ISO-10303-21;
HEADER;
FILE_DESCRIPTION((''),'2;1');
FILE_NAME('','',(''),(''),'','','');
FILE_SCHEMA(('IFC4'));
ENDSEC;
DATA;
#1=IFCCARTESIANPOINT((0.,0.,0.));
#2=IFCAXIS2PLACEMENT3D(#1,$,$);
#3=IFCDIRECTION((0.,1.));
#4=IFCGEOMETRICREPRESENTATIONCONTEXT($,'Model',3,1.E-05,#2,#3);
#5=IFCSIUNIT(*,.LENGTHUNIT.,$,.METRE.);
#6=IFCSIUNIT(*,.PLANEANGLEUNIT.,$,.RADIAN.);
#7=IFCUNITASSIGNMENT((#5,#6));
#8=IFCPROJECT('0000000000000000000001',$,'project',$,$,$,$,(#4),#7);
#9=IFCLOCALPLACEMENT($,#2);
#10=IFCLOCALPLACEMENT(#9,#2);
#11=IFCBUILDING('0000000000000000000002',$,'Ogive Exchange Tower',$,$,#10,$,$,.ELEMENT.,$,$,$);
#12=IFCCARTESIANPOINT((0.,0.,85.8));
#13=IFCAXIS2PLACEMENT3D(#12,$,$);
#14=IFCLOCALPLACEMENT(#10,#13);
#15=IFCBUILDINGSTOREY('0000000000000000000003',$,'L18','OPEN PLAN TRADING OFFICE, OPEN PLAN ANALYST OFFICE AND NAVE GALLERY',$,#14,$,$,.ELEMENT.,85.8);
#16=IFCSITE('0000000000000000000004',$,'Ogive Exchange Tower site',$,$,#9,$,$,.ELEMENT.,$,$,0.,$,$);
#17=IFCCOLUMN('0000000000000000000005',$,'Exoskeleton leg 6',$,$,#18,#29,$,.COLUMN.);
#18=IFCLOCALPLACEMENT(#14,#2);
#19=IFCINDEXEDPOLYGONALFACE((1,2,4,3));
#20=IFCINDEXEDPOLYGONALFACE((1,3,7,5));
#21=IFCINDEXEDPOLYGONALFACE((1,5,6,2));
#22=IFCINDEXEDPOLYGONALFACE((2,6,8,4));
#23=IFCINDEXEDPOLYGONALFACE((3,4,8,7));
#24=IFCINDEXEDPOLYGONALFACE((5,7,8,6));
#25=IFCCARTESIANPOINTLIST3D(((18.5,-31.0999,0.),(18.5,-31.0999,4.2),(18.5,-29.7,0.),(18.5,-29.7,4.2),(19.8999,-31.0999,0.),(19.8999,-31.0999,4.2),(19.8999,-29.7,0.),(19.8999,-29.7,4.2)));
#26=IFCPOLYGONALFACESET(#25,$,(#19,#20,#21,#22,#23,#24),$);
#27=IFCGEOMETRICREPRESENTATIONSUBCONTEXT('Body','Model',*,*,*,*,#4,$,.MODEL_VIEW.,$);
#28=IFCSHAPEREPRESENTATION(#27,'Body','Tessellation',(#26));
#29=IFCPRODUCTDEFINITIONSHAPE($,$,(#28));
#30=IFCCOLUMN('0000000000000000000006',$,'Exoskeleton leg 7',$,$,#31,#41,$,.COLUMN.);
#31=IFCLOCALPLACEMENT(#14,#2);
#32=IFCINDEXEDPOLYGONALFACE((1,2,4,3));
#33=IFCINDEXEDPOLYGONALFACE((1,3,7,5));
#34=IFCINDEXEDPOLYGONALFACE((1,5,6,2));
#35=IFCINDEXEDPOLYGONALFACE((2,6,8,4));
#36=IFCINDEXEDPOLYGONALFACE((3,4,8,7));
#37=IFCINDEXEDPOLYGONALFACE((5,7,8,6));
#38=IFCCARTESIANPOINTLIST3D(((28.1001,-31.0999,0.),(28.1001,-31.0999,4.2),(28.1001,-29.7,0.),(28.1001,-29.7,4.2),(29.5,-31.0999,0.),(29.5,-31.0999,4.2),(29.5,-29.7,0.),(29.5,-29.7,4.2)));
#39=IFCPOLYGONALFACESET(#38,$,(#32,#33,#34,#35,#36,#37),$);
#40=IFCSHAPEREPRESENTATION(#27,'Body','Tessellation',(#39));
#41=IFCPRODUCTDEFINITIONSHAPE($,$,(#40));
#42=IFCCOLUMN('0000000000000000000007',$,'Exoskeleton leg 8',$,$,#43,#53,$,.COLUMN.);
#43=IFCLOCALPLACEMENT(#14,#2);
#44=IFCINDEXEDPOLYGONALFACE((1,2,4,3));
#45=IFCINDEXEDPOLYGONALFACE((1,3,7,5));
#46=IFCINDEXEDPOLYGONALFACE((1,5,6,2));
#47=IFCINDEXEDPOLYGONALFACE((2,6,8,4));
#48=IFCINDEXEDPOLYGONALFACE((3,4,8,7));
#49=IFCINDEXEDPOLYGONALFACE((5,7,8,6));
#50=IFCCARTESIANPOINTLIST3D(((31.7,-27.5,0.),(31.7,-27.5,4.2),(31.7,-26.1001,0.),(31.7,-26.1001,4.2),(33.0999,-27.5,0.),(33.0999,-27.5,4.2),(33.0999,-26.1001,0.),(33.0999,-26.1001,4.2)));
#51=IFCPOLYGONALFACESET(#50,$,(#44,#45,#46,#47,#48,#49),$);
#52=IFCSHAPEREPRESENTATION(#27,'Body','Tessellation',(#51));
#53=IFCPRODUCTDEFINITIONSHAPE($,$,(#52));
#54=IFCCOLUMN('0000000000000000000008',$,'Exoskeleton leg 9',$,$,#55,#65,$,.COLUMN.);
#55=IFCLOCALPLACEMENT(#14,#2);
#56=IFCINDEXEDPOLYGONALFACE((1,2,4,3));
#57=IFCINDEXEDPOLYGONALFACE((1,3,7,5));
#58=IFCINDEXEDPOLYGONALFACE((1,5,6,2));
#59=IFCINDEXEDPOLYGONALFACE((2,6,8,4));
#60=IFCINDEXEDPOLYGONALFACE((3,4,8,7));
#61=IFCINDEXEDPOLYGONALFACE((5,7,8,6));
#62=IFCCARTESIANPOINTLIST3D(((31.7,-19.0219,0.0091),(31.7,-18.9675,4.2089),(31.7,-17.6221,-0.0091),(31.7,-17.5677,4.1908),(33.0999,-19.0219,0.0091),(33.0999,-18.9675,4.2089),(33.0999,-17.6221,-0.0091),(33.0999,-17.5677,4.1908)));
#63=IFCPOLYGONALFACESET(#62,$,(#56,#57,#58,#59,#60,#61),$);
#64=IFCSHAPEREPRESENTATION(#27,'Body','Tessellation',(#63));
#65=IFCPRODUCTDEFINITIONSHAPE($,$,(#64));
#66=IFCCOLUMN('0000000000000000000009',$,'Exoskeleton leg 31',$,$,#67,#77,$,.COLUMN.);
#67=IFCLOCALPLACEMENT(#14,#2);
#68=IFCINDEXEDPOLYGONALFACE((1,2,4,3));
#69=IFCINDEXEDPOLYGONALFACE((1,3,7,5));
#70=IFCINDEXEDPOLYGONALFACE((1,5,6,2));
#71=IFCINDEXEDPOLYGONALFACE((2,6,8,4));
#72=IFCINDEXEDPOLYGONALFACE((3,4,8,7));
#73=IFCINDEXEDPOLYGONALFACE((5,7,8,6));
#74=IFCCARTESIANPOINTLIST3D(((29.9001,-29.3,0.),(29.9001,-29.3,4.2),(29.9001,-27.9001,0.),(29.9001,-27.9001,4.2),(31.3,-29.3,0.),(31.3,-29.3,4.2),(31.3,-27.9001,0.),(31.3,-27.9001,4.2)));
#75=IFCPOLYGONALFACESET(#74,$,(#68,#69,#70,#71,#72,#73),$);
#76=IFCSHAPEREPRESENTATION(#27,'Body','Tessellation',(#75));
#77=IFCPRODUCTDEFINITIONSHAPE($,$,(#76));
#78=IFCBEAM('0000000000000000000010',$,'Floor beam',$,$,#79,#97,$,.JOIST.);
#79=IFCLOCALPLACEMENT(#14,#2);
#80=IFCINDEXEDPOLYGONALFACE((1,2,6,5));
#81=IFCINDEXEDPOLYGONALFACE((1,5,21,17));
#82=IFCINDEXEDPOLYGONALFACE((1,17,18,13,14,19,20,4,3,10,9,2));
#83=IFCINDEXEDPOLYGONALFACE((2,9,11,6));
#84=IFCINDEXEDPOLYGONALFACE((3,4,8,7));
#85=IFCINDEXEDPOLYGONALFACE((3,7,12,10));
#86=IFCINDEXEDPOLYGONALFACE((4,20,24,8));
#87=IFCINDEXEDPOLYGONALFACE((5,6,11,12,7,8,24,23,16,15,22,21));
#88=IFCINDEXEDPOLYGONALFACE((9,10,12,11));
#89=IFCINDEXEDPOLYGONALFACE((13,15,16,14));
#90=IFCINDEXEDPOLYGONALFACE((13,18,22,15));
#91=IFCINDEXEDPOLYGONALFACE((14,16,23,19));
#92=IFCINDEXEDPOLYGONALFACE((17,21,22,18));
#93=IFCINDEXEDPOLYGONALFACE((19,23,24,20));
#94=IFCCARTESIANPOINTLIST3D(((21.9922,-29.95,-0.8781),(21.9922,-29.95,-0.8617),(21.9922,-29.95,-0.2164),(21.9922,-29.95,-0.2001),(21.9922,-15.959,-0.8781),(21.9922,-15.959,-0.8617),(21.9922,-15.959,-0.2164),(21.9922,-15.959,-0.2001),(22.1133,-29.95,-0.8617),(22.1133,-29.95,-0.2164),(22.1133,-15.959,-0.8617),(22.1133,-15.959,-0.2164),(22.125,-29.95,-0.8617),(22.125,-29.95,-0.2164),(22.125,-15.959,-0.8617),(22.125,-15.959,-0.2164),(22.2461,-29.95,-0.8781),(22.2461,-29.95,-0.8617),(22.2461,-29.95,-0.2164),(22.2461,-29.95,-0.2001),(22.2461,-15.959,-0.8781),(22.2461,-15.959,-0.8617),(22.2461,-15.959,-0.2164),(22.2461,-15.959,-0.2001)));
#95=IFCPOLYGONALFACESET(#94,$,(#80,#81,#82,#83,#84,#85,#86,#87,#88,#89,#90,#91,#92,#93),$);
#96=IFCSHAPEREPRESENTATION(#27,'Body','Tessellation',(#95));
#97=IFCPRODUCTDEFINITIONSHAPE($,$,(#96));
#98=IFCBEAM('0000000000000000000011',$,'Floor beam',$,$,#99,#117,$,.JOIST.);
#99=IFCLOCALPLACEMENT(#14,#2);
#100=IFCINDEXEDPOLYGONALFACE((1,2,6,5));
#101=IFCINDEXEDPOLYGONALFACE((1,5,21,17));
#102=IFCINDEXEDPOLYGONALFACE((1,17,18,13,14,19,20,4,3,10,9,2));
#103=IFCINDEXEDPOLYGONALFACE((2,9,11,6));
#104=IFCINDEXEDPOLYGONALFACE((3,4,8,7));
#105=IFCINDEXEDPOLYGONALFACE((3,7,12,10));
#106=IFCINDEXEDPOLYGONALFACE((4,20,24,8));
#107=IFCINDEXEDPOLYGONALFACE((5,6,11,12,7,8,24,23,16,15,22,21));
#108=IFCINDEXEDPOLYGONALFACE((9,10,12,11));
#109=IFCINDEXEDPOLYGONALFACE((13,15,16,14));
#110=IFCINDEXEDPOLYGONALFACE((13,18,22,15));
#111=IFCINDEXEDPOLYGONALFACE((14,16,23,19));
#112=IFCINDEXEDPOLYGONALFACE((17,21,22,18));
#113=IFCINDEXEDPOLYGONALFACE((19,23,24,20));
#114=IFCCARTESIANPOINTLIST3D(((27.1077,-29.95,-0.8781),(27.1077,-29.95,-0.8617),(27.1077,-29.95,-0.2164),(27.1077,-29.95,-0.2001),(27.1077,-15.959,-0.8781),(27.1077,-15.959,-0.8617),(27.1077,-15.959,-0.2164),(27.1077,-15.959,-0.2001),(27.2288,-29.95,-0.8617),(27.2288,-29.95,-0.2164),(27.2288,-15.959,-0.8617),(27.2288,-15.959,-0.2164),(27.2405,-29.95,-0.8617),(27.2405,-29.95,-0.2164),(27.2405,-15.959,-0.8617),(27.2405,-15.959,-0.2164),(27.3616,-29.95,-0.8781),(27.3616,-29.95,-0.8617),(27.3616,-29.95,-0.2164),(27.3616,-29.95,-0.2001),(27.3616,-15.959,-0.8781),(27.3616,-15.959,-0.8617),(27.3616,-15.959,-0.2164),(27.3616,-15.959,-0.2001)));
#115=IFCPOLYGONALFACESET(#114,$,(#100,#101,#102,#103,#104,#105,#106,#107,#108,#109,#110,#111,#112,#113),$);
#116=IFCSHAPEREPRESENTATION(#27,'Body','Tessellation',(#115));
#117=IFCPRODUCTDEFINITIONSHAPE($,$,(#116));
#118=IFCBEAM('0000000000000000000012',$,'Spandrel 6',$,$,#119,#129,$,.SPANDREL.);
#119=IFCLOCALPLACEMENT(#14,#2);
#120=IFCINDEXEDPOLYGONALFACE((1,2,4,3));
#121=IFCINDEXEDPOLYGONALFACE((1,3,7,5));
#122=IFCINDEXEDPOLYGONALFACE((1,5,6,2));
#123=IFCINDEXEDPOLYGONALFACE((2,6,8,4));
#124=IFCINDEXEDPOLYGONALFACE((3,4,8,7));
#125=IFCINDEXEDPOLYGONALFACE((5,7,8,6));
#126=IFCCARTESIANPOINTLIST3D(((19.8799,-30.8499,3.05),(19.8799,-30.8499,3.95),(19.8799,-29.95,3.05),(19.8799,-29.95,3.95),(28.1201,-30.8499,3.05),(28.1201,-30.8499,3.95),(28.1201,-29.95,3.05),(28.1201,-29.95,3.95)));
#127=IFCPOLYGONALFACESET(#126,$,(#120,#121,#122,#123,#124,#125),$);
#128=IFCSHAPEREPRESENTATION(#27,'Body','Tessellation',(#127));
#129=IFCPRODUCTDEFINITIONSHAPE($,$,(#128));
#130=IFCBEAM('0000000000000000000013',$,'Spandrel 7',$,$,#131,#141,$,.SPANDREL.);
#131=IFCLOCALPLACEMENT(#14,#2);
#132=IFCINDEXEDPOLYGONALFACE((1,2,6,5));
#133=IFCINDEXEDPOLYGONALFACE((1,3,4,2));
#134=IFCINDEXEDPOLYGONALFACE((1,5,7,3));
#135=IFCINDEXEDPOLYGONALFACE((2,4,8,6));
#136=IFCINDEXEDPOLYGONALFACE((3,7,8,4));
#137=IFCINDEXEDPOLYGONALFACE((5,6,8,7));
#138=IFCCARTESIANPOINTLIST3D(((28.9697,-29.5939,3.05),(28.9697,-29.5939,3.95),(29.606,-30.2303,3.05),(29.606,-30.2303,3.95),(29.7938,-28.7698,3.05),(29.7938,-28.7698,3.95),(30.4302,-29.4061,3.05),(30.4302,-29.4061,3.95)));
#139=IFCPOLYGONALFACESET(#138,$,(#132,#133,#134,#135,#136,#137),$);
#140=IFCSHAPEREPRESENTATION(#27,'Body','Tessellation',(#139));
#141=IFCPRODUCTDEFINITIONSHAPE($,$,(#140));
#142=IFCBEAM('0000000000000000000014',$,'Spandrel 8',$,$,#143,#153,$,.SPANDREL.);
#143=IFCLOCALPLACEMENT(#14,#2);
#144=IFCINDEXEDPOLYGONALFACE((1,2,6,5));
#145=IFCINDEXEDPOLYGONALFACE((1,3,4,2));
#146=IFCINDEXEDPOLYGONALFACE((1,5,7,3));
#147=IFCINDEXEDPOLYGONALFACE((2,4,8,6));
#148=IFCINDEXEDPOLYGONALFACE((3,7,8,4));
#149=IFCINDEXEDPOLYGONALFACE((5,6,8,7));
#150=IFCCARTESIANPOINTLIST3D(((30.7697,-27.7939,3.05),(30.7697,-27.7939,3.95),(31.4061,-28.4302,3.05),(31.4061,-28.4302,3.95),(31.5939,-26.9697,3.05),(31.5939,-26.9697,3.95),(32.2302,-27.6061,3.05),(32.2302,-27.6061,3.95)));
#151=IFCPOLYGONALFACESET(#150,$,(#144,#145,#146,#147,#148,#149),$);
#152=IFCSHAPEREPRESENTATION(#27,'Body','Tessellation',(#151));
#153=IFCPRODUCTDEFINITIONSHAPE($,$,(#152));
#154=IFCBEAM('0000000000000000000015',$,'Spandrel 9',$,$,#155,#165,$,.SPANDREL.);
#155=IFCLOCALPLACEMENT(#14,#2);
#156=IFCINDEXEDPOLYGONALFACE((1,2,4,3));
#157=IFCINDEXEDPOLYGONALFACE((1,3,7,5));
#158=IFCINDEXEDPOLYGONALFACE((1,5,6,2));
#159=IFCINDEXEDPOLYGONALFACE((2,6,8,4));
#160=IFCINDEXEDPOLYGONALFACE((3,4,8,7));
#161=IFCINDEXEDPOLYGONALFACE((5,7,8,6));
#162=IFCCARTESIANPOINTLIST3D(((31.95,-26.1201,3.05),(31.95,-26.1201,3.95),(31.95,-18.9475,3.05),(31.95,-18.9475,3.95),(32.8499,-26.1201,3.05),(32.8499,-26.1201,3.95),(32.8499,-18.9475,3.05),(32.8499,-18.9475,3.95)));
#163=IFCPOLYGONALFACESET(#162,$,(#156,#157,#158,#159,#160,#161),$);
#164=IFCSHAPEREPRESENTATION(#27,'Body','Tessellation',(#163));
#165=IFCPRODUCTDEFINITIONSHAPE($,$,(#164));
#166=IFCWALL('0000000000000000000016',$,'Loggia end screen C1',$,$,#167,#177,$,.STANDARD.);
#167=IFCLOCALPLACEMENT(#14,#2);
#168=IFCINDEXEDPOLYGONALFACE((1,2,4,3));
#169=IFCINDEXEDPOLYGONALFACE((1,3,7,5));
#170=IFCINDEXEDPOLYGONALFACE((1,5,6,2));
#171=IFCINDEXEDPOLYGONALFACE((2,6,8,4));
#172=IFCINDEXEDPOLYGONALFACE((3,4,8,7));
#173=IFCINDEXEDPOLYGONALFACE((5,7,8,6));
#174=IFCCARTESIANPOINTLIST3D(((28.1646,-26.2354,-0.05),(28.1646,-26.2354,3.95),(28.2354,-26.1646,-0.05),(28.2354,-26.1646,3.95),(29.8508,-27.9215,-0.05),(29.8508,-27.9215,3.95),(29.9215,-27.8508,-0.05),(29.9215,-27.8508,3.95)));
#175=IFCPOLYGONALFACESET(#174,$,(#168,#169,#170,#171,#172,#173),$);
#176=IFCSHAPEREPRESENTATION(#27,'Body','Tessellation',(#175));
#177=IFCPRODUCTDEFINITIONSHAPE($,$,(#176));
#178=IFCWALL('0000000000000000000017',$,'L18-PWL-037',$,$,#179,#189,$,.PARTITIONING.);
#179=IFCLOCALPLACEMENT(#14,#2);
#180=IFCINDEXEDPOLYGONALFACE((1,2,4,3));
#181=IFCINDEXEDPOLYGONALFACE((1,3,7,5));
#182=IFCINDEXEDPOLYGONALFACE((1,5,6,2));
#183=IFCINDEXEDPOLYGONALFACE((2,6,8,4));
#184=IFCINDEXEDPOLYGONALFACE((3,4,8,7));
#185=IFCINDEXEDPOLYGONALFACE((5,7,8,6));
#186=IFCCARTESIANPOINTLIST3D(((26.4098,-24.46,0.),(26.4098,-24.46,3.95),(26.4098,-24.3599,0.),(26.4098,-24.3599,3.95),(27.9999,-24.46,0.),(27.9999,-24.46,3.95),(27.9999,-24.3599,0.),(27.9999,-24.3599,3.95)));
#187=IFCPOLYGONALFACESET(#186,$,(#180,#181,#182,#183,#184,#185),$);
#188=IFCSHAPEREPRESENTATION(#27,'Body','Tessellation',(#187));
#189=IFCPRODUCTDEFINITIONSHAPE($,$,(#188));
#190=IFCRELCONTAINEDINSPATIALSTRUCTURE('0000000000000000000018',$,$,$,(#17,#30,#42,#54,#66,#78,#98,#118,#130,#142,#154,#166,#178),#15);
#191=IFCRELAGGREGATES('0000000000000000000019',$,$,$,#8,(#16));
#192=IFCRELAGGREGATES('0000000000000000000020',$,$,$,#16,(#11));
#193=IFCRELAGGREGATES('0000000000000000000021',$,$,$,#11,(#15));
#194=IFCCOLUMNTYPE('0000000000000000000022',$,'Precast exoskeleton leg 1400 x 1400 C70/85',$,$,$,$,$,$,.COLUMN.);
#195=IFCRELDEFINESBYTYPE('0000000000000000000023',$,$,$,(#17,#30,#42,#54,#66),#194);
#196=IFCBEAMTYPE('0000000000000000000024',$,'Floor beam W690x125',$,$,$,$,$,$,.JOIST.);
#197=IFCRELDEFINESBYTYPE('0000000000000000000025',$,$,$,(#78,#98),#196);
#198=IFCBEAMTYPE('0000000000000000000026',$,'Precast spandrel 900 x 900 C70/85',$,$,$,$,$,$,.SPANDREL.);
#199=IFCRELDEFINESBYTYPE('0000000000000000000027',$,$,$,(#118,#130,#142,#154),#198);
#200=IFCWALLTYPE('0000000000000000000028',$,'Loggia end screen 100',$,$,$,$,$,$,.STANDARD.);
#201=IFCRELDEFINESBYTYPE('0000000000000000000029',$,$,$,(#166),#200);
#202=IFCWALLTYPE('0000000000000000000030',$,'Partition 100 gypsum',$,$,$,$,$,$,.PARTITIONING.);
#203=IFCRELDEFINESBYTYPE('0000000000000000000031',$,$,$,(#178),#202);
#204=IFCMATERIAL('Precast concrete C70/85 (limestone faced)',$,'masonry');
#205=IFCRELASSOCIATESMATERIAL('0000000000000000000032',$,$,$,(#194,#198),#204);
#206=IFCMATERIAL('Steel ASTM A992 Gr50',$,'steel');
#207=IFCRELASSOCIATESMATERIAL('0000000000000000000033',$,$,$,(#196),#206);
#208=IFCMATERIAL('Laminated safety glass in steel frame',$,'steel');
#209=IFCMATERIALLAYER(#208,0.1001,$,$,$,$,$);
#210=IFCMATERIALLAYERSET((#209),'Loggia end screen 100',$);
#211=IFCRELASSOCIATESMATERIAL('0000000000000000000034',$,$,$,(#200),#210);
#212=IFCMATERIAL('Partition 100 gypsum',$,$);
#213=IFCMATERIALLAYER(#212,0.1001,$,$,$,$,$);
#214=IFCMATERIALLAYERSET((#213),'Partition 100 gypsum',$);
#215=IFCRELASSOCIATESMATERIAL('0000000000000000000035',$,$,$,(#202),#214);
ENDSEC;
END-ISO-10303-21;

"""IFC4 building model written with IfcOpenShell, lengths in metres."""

from ifc_helpers import new_model, si_unit, direction, frame, frame_2d, origin, origin_2d, place, context, subcontext, project, spatial, rectangle, i_section, extrude, material, layer, layer_set, material_profile, profile_set, type_object, element, save


model = new_model("IFC4")

# Units and contexts
model_context = context("Model", 3, precision=1e-05, world=origin(), true_north=direction((0.0, 1.0)))
body_context = subcontext(model_context, "Body", "Model", "MODEL_VIEW")
ifc_project = project(units=[si_unit("LENGTHUNIT", "METRE"), si_unit("PLANEANGLEUNIT", "RADIAN")], contexts=[model_context])

# Site, building, storey
site_placement = place(None, origin())
site = spatial("IfcSite", under=ifc_project, at=site_placement, Name="Ogive Exchange Tower site", CompositionType="ELEMENT", RefElevation=0.0)
building_placement = place(site_placement, origin())
building = spatial("IfcBuilding", under=site, at=building_placement, Name="Ogive Exchange Tower", CompositionType="ELEMENT")
storey_placement = place(building_placement, frame((0.0, 0.0, 85.8)))
storey = spatial("IfcBuildingStorey", under=building, at=storey_placement, Name="L18", Description="OPEN PLAN TRADING OFFICE, OPEN PLAN ANALYST OFFICE AND NAVE GALLERY", CompositionType="ELEMENT", Elevation=85.8)

# Columns
ifc_material_1 = material(Name="Precast concrete C70/85 (limestone faced)", Category="masonry")
ifc_material_profile_1 = material_profile(ifc_material_1, rectangle(XDim=1.3999, YDim=1.3999, at=origin_2d()), Name="1400 x 1400")
ifc_profile_set_1 = profile_set([ifc_material_profile_1], Name="Precast concrete C70/85 (limestone faced)")
column_type = type_object("IfcColumnType", Name="Precast exoskeleton leg 1400 x 1400 C70/85", PredefinedType="COLUMN", material=ifc_profile_set_1)
for number, where, z_axis, x_axis, name in (
    (1, (19.2, -30.3999, 0.0), (0.0, 0.0, 1.0), (1.0, 0.0, 0.0), "Exoskeleton leg 6"),
    (2, (28.8, -30.3999, 0.0), (0.0, 0.0, 1.0), (1.0, 0.0, 0.0), "Exoskeleton leg 7"),
    (3, (32.3999, -26.8, 0.0), (0.0, 0.0, 1.0), (1.0, 0.0, 0.0), "Exoskeleton leg 8"),
):
    element("IfcColumn", number, at=place(storey_placement, frame(where, z_axis=z_axis, x_axis=x_axis)), inside=storey, type_object=column_type, Name=name, PredefinedType="COLUMN", context=body_context, shape_type="SweptSolid", body=[
        extrude(rectangle(XDim=1.3999, YDim=1.3999, at=origin_2d()), origin(), (0.0, 0.0, 1.0), 4.2),
    ])
column_1_placement = place(storey_placement, frame((32.3999, -18.322, 0.0), z_axis=(0.0, 0.012962, 0.999916), x_axis=(-1.0, 0.0, 0.0)))
element("IfcColumn", 4, at=column_1_placement, inside=storey, type_object=column_type, Name="Exoskeleton leg 9", PredefinedType="COLUMN", context=body_context, shape_type="SweptSolid", body=[
    extrude(rectangle(XDim=1.3999, YDim=1.3999, at=origin_2d()), origin(), (0.0, 0.0, 1.0), 4.2002),
])
column_2_placement = place(storey_placement, frame((30.6001, -28.6001, 0.0), z_axis=(0.0, 0.0, 1.0), x_axis=(1.0, 0.0, 0.0)))
element("IfcColumn", 5, at=column_2_placement, inside=storey, type_object=column_type, Name="Exoskeleton leg 31", PredefinedType="COLUMN", context=body_context, shape_type="SweptSolid", body=[
    extrude(rectangle(XDim=1.3999, YDim=1.3999, at=origin_2d()), origin(), (0.0, 0.0, 1.0), 4.2),
])

# Beams
ifc_material_2 = material(Name="Steel ASTM A992 Gr50", Category="steel")
ifc_material_profile_2 = material_profile(ifc_material_2, i_section(OverallWidth=0.2539, OverallDepth=0.678, WebThickness=0.0117, FlangeThickness=0.0164, at=origin_2d()), Name="W690x125")
ifc_profile_set_2 = profile_set([ifc_material_profile_2], Name="Steel ASTM A992 Gr50")
beam_type_1 = type_object("IfcBeamType", Name="Floor beam W690x125", PredefinedType="JOIST", material=ifc_profile_set_2)
for number, where, z_axis, x_axis, name in (
    (6, (22.1191, -29.95, -0.5391), (0.0, 1.0, 0.0), (-1.0, 0.0, 0.0), "Floor beam"),
    (7, (27.2346, -29.95, -0.5391), (0.0, 1.0, 0.0), (-1.0, 0.0, 0.0), "Floor beam"),
):
    element("IfcBeam", number, at=place(storey_placement, frame(where, z_axis=z_axis, x_axis=x_axis)), inside=storey, type_object=beam_type_1, Name=name, PredefinedType="JOIST", context=body_context, shape_type="SweptSolid", body=[
        extrude(i_section(OverallWidth=0.2539, OverallDepth=0.678, WebThickness=0.0117, FlangeThickness=0.0164, at=origin_2d()), origin(), (0.0, 0.0, 1.0), 13.991),
    ])
ifc_material_profile_3 = material_profile(ifc_material_1, rectangle(XDim=0.8999, YDim=0.8999, at=origin_2d()), Name="900 x 900")
ifc_profile_set_3 = profile_set([ifc_material_profile_3], Name="Precast concrete C70/85 (limestone faced)")
beam_type_2 = type_object("IfcBeamType", Name="Precast spandrel 900 x 900 C70/85", PredefinedType="SPANDREL", material=ifc_profile_set_3)
beam_1_placement = place(storey_placement, frame((19.8799, -30.3999, 3.5), z_axis=(1.0, 0.0, 0.0), x_axis=(0.0, 1.0, 0.0)))
element("IfcBeam", 8, at=beam_1_placement, inside=storey, type_object=beam_type_2, Name="Spandrel 6", PredefinedType="SPANDREL", context=body_context, shape_type="SweptSolid", body=[
    extrude(rectangle(XDim=0.8999, YDim=0.8999, at=origin_2d()), origin(), (0.0, 0.0, 1.0), 8.2402),
])
for number, where, z_axis, x_axis, name in (
    (9, (29.2878, -29.9121, 3.5), (0.707107, 0.707107, 0.0), (-0.707107, 0.707107, 0.0), "Spandrel 7"),
    (10, (31.0879, -28.1121, 3.5), (0.707107, 0.707107, 0.0), (-0.707107, 0.707107, 0.0), "Spandrel 8"),
):
    element("IfcBeam", number, at=place(storey_placement, frame(where, z_axis=z_axis, x_axis=x_axis)), inside=storey, type_object=beam_type_2, Name=name, PredefinedType="SPANDREL", context=body_context, shape_type="SweptSolid", body=[
        extrude(rectangle(XDim=0.8999, YDim=0.8999, at=origin_2d()), origin(), (0.0, 0.0, 1.0), 1.1655),
    ])
beam_2_placement = place(storey_placement, frame((32.3999, -26.1201, 3.5), z_axis=(0.0, 1.0, 0.0), x_axis=(-1.0, 0.0, 0.0)))
element("IfcBeam", 11, at=beam_2_placement, inside=storey, type_object=beam_type_2, Name="Spandrel 9", PredefinedType="SPANDREL", context=body_context, shape_type="SweptSolid", body=[
    extrude(rectangle(XDim=0.8999, YDim=0.8999, at=origin_2d()), origin(), (0.0, 0.0, 1.0), 7.1726),
])

# Walls
ifc_material_3 = material(Name="Laminated safety glass in steel frame", Category="steel")
ifc_layer_1 = layer(ifc_material_3, 0.1001)
ifc_layer_set_1 = layer_set([ifc_layer_1], Name="Loggia end screen 100")
wall_type_1 = type_object("IfcWallType", Name="Loggia end screen 100", PredefinedType="STANDARD", material=ifc_layer_set_1)
wall_1_placement = place(storey_placement, frame((28.2, -26.2, -0.05), z_axis=(0.0, 0.0, 1.0), x_axis=(0.707107, -0.707107, 0.0)))
element("IfcWall", 12, at=wall_1_placement, inside=storey, type_object=wall_type_1, Name="Loggia end screen C1", PredefinedType="STANDARD", context=body_context, shape_type="SweptSolid", body=[
    extrude(rectangle(XDim=2.3845, YDim=0.1001, at=frame_2d((1.1924, 0.0))), origin(), (0.0, 0.0, 1.0), 4.0),
])
ifc_material_4 = material(Name="Partition 100 gypsum")
ifc_layer_2 = layer(ifc_material_4, 0.1001)
ifc_layer_set_2 = layer_set([ifc_layer_2], Name="Partition 100 gypsum")
wall_type_2 = type_object("IfcWallType", Name="Partition 100 gypsum", PredefinedType="PARTITIONING", material=ifc_layer_set_2)
wall_2_placement = place(storey_placement, frame((26.4099, -24.4099, 0.0), z_axis=(0.0, 0.0, 1.0), x_axis=(1.0, 0.0, 0.0)))
element("IfcWall", 13, at=wall_2_placement, inside=storey, type_object=wall_type_2, Name="L18-PWL-037", PredefinedType="PARTITIONING", context=body_context, shape_type="SweptSolid", body=[
    extrude(rectangle(XDim=1.5901, YDim=0.1001, at=frame_2d((0.7949, 0.0))), origin(), (0.0, 0.0, 1.0), 3.95),
])

save(model, "model.ifc")
